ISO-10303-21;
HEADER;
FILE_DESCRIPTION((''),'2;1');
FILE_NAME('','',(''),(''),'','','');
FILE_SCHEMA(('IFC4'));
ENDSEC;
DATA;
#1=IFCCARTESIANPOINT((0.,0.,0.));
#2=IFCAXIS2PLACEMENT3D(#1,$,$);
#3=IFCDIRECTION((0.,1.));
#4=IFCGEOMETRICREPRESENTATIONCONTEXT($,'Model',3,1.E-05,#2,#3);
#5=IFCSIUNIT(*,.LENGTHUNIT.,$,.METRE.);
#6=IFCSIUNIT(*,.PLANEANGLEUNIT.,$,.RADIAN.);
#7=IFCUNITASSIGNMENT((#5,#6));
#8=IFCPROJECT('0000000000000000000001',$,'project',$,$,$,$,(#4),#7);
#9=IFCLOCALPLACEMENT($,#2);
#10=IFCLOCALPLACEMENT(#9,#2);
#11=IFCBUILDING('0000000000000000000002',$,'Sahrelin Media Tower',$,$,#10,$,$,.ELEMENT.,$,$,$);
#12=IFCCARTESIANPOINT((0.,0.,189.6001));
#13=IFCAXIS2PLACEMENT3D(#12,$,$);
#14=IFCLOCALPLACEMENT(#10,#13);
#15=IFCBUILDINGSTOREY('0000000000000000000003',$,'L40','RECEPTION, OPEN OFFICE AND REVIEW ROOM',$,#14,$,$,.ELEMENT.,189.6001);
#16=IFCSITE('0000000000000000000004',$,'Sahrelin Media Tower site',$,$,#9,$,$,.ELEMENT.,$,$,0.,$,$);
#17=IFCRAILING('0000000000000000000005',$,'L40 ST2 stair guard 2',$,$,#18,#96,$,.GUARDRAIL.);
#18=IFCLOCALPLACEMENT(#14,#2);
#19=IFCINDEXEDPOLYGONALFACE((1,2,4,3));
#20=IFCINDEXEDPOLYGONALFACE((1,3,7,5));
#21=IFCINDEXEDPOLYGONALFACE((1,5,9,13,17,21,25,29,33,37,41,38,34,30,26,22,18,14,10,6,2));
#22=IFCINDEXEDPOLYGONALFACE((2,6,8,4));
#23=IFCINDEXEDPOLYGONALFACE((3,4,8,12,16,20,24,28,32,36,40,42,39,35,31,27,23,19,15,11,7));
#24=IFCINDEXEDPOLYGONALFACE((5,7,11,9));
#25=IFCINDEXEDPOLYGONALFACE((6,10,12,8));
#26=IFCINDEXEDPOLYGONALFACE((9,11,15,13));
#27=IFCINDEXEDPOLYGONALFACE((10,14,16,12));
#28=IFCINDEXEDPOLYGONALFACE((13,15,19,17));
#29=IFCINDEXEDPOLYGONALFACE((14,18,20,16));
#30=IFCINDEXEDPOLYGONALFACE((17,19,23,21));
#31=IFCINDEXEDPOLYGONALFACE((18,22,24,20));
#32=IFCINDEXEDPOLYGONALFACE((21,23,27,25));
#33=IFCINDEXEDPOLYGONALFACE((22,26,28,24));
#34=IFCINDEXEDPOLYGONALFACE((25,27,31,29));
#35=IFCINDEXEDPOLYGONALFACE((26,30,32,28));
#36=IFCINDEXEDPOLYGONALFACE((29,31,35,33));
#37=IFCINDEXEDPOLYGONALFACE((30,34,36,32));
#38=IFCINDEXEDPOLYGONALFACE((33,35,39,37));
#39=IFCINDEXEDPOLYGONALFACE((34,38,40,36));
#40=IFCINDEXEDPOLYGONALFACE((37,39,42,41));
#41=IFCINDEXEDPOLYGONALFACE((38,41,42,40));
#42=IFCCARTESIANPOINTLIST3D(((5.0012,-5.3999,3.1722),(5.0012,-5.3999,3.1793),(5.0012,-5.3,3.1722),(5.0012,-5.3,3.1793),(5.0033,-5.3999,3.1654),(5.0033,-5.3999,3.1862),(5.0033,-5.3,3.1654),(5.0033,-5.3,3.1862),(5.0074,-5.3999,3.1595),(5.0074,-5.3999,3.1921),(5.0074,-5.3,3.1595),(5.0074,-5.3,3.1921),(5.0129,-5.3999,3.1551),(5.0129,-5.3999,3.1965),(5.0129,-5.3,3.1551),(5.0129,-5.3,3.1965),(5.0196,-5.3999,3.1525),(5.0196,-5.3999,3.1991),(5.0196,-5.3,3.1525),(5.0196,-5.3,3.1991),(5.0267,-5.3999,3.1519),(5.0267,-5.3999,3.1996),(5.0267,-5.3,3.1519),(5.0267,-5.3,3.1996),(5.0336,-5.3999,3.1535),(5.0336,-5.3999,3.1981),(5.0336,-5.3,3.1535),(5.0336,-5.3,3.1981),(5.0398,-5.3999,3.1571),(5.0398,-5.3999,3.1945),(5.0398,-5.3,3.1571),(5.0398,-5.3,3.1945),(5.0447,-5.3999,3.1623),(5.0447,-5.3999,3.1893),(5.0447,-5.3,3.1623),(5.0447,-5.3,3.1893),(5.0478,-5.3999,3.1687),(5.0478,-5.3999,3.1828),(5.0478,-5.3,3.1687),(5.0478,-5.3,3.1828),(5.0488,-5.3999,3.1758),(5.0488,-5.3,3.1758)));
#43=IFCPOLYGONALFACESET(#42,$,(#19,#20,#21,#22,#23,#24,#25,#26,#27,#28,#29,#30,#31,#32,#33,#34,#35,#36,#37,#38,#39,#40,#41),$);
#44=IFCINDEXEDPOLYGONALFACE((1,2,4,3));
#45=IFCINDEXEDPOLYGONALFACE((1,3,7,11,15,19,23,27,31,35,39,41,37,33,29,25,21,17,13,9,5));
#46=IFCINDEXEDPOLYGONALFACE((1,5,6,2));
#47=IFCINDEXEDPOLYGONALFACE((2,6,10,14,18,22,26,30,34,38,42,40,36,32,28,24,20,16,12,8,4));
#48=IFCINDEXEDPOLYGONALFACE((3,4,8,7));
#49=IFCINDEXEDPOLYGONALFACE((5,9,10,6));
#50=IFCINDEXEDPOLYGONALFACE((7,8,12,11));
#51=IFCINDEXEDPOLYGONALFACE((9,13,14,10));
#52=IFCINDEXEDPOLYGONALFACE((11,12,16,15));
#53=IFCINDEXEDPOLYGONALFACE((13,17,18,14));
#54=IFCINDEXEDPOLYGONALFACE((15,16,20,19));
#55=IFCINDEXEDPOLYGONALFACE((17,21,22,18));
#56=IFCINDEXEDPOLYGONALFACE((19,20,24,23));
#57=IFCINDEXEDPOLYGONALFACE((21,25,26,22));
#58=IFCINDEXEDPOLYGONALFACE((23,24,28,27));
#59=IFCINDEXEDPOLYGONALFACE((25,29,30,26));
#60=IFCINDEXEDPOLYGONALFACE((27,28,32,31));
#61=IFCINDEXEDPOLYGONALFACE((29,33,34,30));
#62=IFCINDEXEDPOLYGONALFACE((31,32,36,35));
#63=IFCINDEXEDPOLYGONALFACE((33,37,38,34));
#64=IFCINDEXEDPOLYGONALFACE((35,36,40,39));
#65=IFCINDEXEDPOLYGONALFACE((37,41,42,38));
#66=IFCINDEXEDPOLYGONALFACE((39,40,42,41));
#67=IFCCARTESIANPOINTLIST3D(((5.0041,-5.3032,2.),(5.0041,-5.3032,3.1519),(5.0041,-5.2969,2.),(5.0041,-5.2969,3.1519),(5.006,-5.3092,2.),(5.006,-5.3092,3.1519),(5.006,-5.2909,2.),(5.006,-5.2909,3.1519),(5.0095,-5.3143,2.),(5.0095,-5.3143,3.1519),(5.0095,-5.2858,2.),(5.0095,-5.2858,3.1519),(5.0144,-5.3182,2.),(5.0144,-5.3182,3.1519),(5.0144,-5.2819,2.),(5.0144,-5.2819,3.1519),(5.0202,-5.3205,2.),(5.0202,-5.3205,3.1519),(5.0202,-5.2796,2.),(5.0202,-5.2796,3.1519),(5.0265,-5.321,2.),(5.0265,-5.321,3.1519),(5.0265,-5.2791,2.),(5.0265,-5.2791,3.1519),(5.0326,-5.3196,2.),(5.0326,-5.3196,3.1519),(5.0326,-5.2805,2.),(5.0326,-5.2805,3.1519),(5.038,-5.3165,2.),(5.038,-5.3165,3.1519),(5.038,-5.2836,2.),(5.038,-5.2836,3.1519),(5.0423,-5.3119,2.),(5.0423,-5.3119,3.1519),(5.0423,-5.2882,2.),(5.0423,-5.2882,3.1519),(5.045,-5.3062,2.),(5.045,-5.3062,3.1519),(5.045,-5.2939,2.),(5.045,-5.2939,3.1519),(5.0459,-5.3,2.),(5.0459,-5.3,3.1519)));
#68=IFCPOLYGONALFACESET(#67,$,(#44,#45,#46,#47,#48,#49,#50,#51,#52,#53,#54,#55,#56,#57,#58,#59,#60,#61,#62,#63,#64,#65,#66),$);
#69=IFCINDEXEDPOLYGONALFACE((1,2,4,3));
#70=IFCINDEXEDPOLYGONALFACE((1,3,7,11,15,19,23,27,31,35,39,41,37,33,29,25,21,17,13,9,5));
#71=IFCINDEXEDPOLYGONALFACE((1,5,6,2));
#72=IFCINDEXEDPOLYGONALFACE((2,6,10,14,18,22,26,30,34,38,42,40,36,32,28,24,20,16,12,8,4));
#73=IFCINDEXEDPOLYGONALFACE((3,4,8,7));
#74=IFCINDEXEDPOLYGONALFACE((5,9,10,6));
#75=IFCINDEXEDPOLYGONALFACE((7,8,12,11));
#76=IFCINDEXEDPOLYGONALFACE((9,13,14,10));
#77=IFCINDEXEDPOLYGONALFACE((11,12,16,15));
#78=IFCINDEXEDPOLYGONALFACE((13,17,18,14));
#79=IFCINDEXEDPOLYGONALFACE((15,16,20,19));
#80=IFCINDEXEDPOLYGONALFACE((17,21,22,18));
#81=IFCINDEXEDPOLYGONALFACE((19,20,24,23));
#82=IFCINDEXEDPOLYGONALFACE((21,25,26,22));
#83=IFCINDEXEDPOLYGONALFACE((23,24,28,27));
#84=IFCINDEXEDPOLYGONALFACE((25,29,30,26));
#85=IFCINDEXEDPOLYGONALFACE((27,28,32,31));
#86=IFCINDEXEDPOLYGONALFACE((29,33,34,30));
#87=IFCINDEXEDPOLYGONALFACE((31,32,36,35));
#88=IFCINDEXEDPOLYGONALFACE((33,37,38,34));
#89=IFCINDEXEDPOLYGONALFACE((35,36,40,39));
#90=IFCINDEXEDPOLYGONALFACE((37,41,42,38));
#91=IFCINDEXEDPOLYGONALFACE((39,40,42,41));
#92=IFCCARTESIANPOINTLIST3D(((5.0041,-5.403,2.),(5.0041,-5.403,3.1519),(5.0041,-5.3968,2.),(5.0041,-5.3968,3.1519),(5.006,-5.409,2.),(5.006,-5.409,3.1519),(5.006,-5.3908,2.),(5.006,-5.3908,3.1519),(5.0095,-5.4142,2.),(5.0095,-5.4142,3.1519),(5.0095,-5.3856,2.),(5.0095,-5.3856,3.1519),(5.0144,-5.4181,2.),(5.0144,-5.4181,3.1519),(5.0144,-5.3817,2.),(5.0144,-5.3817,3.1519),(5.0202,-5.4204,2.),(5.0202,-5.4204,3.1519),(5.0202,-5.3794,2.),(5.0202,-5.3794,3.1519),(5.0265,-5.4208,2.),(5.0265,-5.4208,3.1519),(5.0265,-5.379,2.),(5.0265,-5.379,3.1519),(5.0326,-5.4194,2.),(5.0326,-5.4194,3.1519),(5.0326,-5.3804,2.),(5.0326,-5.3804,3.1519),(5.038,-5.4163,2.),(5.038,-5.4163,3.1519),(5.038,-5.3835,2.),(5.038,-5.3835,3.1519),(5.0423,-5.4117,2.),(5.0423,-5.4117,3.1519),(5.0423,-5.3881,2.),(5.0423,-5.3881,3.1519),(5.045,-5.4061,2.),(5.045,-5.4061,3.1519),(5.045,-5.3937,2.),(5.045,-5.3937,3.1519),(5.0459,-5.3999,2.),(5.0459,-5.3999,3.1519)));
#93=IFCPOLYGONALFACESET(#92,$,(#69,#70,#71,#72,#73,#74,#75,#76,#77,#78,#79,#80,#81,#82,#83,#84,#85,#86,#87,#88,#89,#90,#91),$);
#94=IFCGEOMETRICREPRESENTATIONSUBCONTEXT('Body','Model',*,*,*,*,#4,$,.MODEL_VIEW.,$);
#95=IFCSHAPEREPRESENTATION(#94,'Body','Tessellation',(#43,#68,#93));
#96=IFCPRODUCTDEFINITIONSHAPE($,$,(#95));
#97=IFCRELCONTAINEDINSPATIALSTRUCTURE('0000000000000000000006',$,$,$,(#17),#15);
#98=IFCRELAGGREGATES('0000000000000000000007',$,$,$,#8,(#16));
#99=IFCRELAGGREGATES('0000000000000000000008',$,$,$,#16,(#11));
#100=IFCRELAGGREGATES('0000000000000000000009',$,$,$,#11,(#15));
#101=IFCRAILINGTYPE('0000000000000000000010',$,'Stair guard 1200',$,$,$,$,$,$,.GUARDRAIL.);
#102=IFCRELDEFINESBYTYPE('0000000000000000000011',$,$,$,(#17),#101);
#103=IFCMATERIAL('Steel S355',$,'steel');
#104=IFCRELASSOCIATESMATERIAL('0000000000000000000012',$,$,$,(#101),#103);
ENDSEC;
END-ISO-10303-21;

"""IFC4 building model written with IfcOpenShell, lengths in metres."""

from ifc_helpers import new_model, si_unit, direction, frame, origin, origin_2d, place, context, subcontext, project, spatial, circle, extrude, material, type_object, element, save


model = new_model("IFC4")

# Units and contexts
model_context = context("Model", 3, precision=1e-05, world=origin(), true_north=direction((0.0, 1.0)))
body_context = subcontext(model_context, "Body", "Model", "MODEL_VIEW")
ifc_project = project(units=[si_unit("LENGTHUNIT", "METRE"), si_unit("PLANEANGLEUNIT", "RADIAN")], contexts=[model_context])

# Site, building, storey
site_placement = place(None, origin())
site = spatial("IfcSite", under=ifc_project, at=site_placement, Name="Sahrelin Media Tower site", CompositionType="ELEMENT", RefElevation=0.0)
building_placement = place(site_placement, origin())
building = spatial("IfcBuilding", under=site, at=building_placement, Name="Sahrelin Media Tower", CompositionType="ELEMENT")
storey_placement = place(building_placement, frame((0.0, 0.0, 189.6001)))
storey = spatial("IfcBuildingStorey", under=building, at=storey_placement, Name="L40", Description="RECEPTION, OPEN OFFICE AND REVIEW ROOM", CompositionType="ELEMENT", Elevation=189.6001)

# Shared definitions
ifc_material_1 = material(Name="Steel S355", Category="steel")

# Railing
railing_type_1 = type_object("IfcRailingType", Name="Stair guard 1200", PredefinedType="GUARDRAIL", material=ifc_material_1)
railing_1_placement = place(storey_placement, frame((5.0249, -5.3, 2.0)))
element("IfcRailing", 1, at=railing_1_placement, inside=storey, type_object=railing_type_1, Name="L40 ST2 stair guard 2", PredefinedType="GUARDRAIL", context=body_context, shape_type="SweptSolid", body=[
    extrude(circle(Radius=0.0239, at=origin_2d()), frame((0.0, 0.0, 1.1758), z_axis=(0.0, -1.0, 0.0), x_axis=(1.0, 0.0, 0.0)), (0.0, 0.0, 1.0), 0.0999),
    extrude(circle(Radius=0.021, at=origin_2d()), origin(), (0.0, 0.0, 1.0), 1.1519),
    extrude(circle(Radius=0.021, at=origin_2d()), frame((0.0, -0.0999, 0.0)), (0.0, 0.0, 1.0), 1.1519),
])

save(model, "model.ifc")
